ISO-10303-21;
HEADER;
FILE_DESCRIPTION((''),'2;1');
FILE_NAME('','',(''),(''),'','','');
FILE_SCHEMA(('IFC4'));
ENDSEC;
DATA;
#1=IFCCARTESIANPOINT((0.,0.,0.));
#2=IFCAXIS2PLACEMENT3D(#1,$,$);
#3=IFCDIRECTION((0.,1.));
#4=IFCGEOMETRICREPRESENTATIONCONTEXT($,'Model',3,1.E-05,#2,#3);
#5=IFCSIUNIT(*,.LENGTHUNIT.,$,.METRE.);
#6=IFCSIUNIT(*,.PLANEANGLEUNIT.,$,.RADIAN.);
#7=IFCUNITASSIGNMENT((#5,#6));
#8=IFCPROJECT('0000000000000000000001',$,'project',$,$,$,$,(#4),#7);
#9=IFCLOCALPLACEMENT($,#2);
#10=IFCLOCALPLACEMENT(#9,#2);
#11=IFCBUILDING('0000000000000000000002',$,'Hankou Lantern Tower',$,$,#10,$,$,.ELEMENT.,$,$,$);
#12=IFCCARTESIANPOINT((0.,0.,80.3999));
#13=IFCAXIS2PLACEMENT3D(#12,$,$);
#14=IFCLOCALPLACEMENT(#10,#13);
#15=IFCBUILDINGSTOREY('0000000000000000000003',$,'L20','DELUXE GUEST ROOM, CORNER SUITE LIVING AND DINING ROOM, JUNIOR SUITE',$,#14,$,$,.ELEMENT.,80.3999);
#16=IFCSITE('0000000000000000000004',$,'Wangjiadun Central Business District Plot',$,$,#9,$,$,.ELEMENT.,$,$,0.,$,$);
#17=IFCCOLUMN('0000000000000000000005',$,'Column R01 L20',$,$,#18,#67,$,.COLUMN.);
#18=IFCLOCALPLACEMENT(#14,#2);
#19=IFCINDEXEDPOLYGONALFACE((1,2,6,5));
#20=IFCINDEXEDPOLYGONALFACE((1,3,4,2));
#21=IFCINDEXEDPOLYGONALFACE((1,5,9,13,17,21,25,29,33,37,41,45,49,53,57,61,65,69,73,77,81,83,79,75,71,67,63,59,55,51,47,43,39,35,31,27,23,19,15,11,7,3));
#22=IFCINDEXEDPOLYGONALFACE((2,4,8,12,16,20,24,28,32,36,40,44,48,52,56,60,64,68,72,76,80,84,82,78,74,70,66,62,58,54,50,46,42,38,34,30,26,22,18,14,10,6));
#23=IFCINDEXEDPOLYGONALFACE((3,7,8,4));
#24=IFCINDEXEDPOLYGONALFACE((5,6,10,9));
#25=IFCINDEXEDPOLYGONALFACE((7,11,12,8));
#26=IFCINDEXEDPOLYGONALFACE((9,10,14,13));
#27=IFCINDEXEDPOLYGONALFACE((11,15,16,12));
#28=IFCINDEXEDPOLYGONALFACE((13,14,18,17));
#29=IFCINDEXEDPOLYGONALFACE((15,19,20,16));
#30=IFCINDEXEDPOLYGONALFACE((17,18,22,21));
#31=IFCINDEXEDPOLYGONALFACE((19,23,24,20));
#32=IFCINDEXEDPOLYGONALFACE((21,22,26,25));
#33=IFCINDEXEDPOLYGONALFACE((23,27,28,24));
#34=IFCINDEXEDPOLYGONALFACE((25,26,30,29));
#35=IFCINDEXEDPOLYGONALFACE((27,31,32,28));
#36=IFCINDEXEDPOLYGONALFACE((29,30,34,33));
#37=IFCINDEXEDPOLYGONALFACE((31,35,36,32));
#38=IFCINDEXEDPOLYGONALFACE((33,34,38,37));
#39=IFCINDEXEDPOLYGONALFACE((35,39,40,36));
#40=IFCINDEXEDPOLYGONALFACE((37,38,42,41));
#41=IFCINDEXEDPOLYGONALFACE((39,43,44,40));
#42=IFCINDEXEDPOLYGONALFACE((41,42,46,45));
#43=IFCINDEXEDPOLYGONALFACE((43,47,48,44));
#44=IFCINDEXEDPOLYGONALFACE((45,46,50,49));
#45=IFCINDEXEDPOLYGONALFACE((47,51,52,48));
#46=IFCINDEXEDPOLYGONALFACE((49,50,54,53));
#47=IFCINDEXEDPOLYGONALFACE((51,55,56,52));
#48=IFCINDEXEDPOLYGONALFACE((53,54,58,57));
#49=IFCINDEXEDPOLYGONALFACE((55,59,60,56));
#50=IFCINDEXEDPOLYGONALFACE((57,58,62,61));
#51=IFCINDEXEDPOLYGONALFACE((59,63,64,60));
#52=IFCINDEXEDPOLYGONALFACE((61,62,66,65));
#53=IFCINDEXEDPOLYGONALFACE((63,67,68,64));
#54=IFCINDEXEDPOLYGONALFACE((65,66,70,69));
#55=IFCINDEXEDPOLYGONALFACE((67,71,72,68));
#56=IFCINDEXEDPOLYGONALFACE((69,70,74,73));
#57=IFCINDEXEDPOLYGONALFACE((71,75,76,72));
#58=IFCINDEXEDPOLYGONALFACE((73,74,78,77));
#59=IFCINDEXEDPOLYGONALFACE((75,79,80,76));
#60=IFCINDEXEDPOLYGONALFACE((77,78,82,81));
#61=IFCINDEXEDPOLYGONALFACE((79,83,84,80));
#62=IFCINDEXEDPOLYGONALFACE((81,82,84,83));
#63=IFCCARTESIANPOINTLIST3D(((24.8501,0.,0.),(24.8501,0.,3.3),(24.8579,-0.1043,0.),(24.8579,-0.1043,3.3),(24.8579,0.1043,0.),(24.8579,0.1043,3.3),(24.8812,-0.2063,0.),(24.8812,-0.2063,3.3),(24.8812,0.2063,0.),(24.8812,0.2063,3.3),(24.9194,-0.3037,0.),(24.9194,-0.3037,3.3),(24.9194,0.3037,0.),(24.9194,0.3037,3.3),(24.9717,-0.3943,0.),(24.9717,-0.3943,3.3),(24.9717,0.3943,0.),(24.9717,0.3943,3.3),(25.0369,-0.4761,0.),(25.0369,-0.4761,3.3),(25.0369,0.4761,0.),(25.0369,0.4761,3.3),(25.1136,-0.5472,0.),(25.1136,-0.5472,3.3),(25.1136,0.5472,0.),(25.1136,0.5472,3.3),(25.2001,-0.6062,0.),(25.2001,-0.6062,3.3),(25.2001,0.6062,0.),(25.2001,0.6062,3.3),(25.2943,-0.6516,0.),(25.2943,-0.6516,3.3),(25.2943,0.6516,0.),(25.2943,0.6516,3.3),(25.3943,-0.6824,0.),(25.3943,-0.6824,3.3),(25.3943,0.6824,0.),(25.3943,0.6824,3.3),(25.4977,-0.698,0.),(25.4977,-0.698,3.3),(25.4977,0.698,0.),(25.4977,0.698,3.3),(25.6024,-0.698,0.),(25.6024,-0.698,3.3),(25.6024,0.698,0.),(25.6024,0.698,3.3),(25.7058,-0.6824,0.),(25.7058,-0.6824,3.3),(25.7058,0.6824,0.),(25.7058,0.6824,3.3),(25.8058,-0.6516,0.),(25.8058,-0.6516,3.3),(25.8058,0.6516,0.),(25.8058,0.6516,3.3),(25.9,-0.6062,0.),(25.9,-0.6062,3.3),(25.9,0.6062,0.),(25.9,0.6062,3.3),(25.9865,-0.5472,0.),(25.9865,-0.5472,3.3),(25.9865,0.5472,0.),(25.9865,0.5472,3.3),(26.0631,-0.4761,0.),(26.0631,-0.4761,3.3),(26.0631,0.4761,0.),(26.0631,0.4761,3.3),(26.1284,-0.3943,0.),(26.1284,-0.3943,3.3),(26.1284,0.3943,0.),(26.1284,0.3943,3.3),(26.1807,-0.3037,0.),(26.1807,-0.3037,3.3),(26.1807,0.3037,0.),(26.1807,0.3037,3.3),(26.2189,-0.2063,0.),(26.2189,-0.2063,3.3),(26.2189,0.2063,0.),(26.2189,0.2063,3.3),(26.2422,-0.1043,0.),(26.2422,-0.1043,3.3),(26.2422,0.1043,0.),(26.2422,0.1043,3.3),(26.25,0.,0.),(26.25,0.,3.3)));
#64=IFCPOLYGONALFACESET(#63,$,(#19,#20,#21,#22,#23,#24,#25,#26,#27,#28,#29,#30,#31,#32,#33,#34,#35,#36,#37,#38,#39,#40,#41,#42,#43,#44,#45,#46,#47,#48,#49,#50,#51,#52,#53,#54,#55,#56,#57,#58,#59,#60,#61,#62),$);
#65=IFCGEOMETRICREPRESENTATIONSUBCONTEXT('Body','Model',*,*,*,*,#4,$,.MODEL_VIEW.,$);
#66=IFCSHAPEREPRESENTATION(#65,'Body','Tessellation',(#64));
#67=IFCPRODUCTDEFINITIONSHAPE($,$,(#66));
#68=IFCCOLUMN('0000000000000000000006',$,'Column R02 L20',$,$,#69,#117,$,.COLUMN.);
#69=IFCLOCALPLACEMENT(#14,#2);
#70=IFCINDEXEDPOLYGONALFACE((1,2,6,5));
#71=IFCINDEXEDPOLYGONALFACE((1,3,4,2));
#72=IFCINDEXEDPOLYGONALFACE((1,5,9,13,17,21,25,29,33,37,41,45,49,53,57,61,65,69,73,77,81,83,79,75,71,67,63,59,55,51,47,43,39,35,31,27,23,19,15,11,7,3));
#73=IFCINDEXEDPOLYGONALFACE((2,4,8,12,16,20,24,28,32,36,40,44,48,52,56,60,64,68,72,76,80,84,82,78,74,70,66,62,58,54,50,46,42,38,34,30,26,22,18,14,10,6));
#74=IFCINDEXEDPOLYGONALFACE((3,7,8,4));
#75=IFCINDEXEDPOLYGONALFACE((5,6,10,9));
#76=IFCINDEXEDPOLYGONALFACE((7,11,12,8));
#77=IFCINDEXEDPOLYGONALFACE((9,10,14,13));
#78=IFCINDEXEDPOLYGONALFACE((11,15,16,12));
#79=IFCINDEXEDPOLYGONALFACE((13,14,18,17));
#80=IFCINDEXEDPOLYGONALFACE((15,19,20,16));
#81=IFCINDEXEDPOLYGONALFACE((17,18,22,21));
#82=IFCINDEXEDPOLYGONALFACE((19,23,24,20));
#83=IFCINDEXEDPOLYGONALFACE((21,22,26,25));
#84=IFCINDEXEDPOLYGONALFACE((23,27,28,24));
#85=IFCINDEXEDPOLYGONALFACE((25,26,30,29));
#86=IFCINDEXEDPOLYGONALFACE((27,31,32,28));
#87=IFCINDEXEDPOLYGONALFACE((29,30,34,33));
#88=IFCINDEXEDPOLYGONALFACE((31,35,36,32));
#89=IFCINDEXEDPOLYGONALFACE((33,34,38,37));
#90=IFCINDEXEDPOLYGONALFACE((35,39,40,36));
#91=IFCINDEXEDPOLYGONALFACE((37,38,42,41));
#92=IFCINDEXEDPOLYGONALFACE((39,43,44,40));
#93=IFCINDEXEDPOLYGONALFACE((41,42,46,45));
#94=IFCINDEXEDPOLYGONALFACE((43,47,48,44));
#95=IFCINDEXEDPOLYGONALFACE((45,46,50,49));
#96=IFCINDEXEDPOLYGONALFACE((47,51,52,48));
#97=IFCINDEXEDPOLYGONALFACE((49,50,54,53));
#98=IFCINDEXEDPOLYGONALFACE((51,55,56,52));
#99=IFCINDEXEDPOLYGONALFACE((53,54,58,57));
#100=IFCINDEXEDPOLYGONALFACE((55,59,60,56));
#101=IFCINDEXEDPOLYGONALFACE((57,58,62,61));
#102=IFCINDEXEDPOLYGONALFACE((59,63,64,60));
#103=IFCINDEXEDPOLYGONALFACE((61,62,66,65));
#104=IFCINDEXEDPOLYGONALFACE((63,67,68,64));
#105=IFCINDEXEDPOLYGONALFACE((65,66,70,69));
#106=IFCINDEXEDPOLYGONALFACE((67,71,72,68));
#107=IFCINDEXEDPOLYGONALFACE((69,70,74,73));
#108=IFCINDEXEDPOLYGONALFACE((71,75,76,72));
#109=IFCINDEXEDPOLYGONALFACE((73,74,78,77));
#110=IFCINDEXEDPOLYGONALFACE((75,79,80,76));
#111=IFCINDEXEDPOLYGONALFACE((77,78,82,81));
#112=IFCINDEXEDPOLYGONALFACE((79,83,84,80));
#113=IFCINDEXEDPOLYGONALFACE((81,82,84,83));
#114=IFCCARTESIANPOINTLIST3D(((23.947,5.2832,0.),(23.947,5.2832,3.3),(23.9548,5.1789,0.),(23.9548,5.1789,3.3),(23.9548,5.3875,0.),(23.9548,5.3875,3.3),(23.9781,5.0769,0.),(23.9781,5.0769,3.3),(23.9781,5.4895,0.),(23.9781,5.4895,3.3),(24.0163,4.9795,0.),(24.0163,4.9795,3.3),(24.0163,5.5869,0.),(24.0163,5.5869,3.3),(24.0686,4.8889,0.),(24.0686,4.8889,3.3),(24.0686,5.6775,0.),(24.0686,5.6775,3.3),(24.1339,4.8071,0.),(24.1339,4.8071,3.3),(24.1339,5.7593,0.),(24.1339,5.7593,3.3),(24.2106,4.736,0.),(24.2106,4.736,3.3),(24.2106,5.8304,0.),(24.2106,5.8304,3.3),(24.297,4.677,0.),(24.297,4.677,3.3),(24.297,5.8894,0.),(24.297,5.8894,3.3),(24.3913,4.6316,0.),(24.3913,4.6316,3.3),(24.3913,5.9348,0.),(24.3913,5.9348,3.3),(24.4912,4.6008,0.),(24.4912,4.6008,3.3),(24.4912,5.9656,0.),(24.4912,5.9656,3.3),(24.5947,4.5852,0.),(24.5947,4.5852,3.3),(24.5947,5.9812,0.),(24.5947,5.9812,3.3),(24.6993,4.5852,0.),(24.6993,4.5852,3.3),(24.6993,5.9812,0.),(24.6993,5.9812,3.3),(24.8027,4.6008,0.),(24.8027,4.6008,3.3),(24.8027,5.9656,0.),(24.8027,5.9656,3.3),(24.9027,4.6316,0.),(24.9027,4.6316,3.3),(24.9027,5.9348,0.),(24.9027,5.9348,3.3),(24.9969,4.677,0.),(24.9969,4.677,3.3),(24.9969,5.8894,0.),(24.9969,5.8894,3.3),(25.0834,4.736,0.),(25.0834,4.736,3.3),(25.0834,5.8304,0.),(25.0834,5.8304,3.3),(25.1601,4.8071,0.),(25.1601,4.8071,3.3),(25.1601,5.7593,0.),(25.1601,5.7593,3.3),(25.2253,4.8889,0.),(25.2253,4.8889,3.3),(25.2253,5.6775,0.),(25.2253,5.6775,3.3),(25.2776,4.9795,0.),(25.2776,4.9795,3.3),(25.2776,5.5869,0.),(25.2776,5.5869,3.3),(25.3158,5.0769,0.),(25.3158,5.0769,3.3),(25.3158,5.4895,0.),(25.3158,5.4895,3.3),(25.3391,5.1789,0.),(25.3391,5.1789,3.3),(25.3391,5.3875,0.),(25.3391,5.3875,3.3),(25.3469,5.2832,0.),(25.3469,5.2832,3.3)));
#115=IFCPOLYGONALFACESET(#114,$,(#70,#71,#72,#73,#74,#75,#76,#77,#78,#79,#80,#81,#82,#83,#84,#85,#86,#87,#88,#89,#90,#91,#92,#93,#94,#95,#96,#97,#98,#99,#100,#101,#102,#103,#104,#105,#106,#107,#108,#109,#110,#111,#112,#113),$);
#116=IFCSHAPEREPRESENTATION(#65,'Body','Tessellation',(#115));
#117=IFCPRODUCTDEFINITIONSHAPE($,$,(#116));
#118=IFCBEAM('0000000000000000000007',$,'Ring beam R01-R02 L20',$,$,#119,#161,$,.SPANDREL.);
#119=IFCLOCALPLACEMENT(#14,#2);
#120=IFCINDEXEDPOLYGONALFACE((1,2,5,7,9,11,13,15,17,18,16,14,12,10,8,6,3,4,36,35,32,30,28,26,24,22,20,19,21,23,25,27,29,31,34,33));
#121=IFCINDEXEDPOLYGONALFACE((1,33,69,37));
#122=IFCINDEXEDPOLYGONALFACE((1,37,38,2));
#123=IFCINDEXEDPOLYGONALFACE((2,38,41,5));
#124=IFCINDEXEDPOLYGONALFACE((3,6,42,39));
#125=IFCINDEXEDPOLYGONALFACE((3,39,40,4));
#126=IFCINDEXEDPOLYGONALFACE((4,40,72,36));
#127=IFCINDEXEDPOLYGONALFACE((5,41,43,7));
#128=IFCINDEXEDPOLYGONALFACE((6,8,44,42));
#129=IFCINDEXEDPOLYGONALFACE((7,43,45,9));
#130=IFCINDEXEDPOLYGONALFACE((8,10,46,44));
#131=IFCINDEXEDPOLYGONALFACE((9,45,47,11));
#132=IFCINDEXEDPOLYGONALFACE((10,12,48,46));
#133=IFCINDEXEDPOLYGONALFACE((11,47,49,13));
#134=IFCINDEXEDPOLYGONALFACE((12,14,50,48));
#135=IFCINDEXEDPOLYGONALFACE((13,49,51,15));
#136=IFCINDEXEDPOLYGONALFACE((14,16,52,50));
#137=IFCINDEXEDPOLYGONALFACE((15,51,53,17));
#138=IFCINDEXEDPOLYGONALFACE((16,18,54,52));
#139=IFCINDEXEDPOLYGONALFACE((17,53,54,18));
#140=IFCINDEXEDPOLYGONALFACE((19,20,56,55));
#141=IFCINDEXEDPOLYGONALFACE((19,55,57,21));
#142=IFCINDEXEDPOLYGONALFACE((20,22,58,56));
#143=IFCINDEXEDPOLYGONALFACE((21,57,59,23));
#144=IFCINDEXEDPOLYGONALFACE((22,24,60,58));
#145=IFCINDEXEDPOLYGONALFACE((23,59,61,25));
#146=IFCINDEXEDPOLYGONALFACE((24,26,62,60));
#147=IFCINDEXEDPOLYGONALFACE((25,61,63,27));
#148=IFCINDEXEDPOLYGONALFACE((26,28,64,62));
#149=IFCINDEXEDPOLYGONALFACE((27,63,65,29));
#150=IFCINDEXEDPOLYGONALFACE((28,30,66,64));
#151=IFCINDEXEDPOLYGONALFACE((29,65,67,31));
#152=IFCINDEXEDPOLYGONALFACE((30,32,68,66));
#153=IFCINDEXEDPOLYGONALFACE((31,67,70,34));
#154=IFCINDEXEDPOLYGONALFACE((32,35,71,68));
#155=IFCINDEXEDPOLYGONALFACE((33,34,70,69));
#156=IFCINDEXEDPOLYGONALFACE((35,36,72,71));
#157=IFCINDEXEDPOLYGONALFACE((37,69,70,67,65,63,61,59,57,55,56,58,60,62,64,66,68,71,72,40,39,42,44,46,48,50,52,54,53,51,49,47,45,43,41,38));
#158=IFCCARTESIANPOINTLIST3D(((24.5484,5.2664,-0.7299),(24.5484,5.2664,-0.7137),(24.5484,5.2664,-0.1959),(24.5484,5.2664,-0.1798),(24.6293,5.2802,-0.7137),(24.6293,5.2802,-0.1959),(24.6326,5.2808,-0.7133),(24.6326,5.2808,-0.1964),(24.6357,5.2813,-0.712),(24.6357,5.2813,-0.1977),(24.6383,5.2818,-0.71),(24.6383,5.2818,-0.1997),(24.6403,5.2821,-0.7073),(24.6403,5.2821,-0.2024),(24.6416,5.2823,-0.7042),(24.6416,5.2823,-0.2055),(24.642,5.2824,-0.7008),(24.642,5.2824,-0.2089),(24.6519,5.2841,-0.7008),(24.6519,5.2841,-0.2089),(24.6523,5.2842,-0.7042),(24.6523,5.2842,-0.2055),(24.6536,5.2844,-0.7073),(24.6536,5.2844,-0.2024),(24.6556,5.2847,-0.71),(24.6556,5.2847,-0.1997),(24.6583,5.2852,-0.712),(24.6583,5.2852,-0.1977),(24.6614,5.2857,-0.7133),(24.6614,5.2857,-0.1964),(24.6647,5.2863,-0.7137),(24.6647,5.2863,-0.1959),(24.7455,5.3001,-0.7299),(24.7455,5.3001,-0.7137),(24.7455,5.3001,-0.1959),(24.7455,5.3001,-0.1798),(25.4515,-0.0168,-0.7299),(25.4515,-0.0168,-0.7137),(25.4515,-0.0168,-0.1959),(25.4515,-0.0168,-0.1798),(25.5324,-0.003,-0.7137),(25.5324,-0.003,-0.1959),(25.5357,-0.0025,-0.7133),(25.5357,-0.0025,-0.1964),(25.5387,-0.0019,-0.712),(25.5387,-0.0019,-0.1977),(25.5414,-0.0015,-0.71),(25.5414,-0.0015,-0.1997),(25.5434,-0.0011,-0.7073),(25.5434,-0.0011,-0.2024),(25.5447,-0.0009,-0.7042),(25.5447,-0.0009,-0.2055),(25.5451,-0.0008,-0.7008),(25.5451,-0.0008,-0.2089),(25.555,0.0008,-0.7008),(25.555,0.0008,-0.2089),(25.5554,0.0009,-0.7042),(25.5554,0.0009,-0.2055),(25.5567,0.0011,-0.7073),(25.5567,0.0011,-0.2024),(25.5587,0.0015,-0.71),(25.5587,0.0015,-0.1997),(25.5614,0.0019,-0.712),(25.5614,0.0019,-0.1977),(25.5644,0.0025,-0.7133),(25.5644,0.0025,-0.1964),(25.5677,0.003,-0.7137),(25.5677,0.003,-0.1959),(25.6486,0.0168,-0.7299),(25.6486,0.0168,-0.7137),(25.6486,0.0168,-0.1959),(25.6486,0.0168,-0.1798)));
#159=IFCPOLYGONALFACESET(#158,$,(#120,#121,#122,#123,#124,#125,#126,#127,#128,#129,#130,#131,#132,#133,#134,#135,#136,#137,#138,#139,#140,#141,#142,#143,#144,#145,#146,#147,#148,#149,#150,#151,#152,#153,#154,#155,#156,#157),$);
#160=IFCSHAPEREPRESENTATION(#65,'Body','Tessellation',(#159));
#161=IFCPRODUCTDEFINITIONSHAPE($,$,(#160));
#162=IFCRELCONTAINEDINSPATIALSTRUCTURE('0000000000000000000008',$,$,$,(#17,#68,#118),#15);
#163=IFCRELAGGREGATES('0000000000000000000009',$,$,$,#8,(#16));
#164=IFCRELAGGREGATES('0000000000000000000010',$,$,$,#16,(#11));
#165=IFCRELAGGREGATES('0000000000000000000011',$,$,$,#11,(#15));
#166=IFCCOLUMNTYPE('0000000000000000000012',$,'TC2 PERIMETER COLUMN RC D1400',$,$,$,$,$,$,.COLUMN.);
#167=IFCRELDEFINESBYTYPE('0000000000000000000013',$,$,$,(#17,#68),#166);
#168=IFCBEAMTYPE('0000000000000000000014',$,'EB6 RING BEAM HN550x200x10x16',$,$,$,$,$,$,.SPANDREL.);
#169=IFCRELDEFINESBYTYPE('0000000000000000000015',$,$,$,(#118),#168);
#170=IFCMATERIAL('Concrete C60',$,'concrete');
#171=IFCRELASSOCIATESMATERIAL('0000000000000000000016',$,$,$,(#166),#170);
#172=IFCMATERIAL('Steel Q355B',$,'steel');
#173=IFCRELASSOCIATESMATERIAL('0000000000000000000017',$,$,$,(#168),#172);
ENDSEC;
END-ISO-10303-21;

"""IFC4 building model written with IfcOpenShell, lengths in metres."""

from ifc_helpers import new_model, si_unit, direction, frame, origin, origin_2d, place, context, subcontext, project, spatial, circle, i_section, extrude, material, material_profile, profile_set, type_object, element, save


model = new_model("IFC4")

# Units and contexts
model_context = context("Model", 3, precision=1e-05, world=origin(), true_north=direction((0.0, 1.0)))
body_context = subcontext(model_context, "Body", "Model", "MODEL_VIEW")
ifc_project = project(units=[si_unit("LENGTHUNIT", "METRE"), si_unit("PLANEANGLEUNIT", "RADIAN")], contexts=[model_context])

# Site, building, storey
site_placement = place(None, origin())
site = spatial("IfcSite", under=ifc_project, at=site_placement, Name="Wangjiadun Central Business District Plot", CompositionType="ELEMENT", RefElevation=0.0)
building_placement = place(site_placement, origin())
building = spatial("IfcBuilding", under=site, at=building_placement, Name="Hankou Lantern Tower", CompositionType="ELEMENT")
storey_placement = place(building_placement, frame((0.0, 0.0, 80.3999)))
storey = spatial("IfcBuildingStorey", under=building, at=storey_placement, Name="L20", Description="DELUXE GUEST ROOM, CORNER SUITE LIVING AND DINING ROOM, JUNIOR SUITE", CompositionType="ELEMENT", Elevation=80.3999)

# Columns
ifc_material_1 = material(Name="Concrete C60", Category="concrete")
ifc_material_profile_1 = material_profile(ifc_material_1, circle(Radius=0.7, at=origin_2d()), Name="RC D1400")
ifc_profile_set_1 = profile_set([ifc_material_profile_1], Name="Concrete C60")
column_type = type_object("IfcColumnType", Name="TC2 PERIMETER COLUMN RC D1400", PredefinedType="COLUMN", material=ifc_profile_set_1)
for number, where, z_axis, x_axis, name in (
    (1, (25.55, 0.0, 0.0), (0.0, 0.0, 1.0), (1.0, 0.0, 0.0), "Column R01 L20"),
    (2, (24.647, 5.2832, 0.0), (0.0, 0.0, 1.0), (1.0, 0.0, 0.0), "Column R02 L20"),
):
    element("IfcColumn", number, at=place(storey_placement, frame(where, z_axis=z_axis, x_axis=x_axis)), inside=storey, type_object=column_type, Name=name, PredefinedType="COLUMN", context=body_context, shape_type="SweptSolid", body=[
        extrude(circle(Radius=0.7, at=origin_2d()), origin(), (0.0, 0.0, 1.0), 3.3),
    ])

# Beam
ifc_material_2 = material(Name="Steel Q355B", Category="steel")
ifc_material_profile_2 = material_profile(ifc_material_2, i_section(OverallWidth=0.2, OverallDepth=0.55, WebThickness=0.01, FlangeThickness=0.0161, FilletRadius=0.0129, at=origin_2d()), Name="HN550x200x10x16")
ifc_profile_set_2 = profile_set([ifc_material_profile_2], Name="Steel Q355B")
beam_type_1 = type_object("IfcBeamType", Name="EB6 RING BEAM HN550x200x10x16", PredefinedType="SPANDREL", material=ifc_profile_set_2)
beam_1_placement = place(storey_placement, frame((25.55, 0.0, -0.4548), z_axis=(-0.16849, 0.985703, 0.0), x_axis=(-0.985703, -0.16849, 0.0)))
element("IfcBeam", 3, at=beam_1_placement, inside=storey, type_object=beam_type_1, Name="Ring beam R01-R02 L20", PredefinedType="SPANDREL", context=body_context, shape_type="SweptSolid", body=[
    extrude(i_section(OverallWidth=0.2, OverallDepth=0.55, WebThickness=0.01, FlangeThickness=0.0161, FilletRadius=0.0129, at=origin_2d()), origin(), (0.0, 0.0, 1.0), 5.3599),
])

save(model, "model.ifc")
